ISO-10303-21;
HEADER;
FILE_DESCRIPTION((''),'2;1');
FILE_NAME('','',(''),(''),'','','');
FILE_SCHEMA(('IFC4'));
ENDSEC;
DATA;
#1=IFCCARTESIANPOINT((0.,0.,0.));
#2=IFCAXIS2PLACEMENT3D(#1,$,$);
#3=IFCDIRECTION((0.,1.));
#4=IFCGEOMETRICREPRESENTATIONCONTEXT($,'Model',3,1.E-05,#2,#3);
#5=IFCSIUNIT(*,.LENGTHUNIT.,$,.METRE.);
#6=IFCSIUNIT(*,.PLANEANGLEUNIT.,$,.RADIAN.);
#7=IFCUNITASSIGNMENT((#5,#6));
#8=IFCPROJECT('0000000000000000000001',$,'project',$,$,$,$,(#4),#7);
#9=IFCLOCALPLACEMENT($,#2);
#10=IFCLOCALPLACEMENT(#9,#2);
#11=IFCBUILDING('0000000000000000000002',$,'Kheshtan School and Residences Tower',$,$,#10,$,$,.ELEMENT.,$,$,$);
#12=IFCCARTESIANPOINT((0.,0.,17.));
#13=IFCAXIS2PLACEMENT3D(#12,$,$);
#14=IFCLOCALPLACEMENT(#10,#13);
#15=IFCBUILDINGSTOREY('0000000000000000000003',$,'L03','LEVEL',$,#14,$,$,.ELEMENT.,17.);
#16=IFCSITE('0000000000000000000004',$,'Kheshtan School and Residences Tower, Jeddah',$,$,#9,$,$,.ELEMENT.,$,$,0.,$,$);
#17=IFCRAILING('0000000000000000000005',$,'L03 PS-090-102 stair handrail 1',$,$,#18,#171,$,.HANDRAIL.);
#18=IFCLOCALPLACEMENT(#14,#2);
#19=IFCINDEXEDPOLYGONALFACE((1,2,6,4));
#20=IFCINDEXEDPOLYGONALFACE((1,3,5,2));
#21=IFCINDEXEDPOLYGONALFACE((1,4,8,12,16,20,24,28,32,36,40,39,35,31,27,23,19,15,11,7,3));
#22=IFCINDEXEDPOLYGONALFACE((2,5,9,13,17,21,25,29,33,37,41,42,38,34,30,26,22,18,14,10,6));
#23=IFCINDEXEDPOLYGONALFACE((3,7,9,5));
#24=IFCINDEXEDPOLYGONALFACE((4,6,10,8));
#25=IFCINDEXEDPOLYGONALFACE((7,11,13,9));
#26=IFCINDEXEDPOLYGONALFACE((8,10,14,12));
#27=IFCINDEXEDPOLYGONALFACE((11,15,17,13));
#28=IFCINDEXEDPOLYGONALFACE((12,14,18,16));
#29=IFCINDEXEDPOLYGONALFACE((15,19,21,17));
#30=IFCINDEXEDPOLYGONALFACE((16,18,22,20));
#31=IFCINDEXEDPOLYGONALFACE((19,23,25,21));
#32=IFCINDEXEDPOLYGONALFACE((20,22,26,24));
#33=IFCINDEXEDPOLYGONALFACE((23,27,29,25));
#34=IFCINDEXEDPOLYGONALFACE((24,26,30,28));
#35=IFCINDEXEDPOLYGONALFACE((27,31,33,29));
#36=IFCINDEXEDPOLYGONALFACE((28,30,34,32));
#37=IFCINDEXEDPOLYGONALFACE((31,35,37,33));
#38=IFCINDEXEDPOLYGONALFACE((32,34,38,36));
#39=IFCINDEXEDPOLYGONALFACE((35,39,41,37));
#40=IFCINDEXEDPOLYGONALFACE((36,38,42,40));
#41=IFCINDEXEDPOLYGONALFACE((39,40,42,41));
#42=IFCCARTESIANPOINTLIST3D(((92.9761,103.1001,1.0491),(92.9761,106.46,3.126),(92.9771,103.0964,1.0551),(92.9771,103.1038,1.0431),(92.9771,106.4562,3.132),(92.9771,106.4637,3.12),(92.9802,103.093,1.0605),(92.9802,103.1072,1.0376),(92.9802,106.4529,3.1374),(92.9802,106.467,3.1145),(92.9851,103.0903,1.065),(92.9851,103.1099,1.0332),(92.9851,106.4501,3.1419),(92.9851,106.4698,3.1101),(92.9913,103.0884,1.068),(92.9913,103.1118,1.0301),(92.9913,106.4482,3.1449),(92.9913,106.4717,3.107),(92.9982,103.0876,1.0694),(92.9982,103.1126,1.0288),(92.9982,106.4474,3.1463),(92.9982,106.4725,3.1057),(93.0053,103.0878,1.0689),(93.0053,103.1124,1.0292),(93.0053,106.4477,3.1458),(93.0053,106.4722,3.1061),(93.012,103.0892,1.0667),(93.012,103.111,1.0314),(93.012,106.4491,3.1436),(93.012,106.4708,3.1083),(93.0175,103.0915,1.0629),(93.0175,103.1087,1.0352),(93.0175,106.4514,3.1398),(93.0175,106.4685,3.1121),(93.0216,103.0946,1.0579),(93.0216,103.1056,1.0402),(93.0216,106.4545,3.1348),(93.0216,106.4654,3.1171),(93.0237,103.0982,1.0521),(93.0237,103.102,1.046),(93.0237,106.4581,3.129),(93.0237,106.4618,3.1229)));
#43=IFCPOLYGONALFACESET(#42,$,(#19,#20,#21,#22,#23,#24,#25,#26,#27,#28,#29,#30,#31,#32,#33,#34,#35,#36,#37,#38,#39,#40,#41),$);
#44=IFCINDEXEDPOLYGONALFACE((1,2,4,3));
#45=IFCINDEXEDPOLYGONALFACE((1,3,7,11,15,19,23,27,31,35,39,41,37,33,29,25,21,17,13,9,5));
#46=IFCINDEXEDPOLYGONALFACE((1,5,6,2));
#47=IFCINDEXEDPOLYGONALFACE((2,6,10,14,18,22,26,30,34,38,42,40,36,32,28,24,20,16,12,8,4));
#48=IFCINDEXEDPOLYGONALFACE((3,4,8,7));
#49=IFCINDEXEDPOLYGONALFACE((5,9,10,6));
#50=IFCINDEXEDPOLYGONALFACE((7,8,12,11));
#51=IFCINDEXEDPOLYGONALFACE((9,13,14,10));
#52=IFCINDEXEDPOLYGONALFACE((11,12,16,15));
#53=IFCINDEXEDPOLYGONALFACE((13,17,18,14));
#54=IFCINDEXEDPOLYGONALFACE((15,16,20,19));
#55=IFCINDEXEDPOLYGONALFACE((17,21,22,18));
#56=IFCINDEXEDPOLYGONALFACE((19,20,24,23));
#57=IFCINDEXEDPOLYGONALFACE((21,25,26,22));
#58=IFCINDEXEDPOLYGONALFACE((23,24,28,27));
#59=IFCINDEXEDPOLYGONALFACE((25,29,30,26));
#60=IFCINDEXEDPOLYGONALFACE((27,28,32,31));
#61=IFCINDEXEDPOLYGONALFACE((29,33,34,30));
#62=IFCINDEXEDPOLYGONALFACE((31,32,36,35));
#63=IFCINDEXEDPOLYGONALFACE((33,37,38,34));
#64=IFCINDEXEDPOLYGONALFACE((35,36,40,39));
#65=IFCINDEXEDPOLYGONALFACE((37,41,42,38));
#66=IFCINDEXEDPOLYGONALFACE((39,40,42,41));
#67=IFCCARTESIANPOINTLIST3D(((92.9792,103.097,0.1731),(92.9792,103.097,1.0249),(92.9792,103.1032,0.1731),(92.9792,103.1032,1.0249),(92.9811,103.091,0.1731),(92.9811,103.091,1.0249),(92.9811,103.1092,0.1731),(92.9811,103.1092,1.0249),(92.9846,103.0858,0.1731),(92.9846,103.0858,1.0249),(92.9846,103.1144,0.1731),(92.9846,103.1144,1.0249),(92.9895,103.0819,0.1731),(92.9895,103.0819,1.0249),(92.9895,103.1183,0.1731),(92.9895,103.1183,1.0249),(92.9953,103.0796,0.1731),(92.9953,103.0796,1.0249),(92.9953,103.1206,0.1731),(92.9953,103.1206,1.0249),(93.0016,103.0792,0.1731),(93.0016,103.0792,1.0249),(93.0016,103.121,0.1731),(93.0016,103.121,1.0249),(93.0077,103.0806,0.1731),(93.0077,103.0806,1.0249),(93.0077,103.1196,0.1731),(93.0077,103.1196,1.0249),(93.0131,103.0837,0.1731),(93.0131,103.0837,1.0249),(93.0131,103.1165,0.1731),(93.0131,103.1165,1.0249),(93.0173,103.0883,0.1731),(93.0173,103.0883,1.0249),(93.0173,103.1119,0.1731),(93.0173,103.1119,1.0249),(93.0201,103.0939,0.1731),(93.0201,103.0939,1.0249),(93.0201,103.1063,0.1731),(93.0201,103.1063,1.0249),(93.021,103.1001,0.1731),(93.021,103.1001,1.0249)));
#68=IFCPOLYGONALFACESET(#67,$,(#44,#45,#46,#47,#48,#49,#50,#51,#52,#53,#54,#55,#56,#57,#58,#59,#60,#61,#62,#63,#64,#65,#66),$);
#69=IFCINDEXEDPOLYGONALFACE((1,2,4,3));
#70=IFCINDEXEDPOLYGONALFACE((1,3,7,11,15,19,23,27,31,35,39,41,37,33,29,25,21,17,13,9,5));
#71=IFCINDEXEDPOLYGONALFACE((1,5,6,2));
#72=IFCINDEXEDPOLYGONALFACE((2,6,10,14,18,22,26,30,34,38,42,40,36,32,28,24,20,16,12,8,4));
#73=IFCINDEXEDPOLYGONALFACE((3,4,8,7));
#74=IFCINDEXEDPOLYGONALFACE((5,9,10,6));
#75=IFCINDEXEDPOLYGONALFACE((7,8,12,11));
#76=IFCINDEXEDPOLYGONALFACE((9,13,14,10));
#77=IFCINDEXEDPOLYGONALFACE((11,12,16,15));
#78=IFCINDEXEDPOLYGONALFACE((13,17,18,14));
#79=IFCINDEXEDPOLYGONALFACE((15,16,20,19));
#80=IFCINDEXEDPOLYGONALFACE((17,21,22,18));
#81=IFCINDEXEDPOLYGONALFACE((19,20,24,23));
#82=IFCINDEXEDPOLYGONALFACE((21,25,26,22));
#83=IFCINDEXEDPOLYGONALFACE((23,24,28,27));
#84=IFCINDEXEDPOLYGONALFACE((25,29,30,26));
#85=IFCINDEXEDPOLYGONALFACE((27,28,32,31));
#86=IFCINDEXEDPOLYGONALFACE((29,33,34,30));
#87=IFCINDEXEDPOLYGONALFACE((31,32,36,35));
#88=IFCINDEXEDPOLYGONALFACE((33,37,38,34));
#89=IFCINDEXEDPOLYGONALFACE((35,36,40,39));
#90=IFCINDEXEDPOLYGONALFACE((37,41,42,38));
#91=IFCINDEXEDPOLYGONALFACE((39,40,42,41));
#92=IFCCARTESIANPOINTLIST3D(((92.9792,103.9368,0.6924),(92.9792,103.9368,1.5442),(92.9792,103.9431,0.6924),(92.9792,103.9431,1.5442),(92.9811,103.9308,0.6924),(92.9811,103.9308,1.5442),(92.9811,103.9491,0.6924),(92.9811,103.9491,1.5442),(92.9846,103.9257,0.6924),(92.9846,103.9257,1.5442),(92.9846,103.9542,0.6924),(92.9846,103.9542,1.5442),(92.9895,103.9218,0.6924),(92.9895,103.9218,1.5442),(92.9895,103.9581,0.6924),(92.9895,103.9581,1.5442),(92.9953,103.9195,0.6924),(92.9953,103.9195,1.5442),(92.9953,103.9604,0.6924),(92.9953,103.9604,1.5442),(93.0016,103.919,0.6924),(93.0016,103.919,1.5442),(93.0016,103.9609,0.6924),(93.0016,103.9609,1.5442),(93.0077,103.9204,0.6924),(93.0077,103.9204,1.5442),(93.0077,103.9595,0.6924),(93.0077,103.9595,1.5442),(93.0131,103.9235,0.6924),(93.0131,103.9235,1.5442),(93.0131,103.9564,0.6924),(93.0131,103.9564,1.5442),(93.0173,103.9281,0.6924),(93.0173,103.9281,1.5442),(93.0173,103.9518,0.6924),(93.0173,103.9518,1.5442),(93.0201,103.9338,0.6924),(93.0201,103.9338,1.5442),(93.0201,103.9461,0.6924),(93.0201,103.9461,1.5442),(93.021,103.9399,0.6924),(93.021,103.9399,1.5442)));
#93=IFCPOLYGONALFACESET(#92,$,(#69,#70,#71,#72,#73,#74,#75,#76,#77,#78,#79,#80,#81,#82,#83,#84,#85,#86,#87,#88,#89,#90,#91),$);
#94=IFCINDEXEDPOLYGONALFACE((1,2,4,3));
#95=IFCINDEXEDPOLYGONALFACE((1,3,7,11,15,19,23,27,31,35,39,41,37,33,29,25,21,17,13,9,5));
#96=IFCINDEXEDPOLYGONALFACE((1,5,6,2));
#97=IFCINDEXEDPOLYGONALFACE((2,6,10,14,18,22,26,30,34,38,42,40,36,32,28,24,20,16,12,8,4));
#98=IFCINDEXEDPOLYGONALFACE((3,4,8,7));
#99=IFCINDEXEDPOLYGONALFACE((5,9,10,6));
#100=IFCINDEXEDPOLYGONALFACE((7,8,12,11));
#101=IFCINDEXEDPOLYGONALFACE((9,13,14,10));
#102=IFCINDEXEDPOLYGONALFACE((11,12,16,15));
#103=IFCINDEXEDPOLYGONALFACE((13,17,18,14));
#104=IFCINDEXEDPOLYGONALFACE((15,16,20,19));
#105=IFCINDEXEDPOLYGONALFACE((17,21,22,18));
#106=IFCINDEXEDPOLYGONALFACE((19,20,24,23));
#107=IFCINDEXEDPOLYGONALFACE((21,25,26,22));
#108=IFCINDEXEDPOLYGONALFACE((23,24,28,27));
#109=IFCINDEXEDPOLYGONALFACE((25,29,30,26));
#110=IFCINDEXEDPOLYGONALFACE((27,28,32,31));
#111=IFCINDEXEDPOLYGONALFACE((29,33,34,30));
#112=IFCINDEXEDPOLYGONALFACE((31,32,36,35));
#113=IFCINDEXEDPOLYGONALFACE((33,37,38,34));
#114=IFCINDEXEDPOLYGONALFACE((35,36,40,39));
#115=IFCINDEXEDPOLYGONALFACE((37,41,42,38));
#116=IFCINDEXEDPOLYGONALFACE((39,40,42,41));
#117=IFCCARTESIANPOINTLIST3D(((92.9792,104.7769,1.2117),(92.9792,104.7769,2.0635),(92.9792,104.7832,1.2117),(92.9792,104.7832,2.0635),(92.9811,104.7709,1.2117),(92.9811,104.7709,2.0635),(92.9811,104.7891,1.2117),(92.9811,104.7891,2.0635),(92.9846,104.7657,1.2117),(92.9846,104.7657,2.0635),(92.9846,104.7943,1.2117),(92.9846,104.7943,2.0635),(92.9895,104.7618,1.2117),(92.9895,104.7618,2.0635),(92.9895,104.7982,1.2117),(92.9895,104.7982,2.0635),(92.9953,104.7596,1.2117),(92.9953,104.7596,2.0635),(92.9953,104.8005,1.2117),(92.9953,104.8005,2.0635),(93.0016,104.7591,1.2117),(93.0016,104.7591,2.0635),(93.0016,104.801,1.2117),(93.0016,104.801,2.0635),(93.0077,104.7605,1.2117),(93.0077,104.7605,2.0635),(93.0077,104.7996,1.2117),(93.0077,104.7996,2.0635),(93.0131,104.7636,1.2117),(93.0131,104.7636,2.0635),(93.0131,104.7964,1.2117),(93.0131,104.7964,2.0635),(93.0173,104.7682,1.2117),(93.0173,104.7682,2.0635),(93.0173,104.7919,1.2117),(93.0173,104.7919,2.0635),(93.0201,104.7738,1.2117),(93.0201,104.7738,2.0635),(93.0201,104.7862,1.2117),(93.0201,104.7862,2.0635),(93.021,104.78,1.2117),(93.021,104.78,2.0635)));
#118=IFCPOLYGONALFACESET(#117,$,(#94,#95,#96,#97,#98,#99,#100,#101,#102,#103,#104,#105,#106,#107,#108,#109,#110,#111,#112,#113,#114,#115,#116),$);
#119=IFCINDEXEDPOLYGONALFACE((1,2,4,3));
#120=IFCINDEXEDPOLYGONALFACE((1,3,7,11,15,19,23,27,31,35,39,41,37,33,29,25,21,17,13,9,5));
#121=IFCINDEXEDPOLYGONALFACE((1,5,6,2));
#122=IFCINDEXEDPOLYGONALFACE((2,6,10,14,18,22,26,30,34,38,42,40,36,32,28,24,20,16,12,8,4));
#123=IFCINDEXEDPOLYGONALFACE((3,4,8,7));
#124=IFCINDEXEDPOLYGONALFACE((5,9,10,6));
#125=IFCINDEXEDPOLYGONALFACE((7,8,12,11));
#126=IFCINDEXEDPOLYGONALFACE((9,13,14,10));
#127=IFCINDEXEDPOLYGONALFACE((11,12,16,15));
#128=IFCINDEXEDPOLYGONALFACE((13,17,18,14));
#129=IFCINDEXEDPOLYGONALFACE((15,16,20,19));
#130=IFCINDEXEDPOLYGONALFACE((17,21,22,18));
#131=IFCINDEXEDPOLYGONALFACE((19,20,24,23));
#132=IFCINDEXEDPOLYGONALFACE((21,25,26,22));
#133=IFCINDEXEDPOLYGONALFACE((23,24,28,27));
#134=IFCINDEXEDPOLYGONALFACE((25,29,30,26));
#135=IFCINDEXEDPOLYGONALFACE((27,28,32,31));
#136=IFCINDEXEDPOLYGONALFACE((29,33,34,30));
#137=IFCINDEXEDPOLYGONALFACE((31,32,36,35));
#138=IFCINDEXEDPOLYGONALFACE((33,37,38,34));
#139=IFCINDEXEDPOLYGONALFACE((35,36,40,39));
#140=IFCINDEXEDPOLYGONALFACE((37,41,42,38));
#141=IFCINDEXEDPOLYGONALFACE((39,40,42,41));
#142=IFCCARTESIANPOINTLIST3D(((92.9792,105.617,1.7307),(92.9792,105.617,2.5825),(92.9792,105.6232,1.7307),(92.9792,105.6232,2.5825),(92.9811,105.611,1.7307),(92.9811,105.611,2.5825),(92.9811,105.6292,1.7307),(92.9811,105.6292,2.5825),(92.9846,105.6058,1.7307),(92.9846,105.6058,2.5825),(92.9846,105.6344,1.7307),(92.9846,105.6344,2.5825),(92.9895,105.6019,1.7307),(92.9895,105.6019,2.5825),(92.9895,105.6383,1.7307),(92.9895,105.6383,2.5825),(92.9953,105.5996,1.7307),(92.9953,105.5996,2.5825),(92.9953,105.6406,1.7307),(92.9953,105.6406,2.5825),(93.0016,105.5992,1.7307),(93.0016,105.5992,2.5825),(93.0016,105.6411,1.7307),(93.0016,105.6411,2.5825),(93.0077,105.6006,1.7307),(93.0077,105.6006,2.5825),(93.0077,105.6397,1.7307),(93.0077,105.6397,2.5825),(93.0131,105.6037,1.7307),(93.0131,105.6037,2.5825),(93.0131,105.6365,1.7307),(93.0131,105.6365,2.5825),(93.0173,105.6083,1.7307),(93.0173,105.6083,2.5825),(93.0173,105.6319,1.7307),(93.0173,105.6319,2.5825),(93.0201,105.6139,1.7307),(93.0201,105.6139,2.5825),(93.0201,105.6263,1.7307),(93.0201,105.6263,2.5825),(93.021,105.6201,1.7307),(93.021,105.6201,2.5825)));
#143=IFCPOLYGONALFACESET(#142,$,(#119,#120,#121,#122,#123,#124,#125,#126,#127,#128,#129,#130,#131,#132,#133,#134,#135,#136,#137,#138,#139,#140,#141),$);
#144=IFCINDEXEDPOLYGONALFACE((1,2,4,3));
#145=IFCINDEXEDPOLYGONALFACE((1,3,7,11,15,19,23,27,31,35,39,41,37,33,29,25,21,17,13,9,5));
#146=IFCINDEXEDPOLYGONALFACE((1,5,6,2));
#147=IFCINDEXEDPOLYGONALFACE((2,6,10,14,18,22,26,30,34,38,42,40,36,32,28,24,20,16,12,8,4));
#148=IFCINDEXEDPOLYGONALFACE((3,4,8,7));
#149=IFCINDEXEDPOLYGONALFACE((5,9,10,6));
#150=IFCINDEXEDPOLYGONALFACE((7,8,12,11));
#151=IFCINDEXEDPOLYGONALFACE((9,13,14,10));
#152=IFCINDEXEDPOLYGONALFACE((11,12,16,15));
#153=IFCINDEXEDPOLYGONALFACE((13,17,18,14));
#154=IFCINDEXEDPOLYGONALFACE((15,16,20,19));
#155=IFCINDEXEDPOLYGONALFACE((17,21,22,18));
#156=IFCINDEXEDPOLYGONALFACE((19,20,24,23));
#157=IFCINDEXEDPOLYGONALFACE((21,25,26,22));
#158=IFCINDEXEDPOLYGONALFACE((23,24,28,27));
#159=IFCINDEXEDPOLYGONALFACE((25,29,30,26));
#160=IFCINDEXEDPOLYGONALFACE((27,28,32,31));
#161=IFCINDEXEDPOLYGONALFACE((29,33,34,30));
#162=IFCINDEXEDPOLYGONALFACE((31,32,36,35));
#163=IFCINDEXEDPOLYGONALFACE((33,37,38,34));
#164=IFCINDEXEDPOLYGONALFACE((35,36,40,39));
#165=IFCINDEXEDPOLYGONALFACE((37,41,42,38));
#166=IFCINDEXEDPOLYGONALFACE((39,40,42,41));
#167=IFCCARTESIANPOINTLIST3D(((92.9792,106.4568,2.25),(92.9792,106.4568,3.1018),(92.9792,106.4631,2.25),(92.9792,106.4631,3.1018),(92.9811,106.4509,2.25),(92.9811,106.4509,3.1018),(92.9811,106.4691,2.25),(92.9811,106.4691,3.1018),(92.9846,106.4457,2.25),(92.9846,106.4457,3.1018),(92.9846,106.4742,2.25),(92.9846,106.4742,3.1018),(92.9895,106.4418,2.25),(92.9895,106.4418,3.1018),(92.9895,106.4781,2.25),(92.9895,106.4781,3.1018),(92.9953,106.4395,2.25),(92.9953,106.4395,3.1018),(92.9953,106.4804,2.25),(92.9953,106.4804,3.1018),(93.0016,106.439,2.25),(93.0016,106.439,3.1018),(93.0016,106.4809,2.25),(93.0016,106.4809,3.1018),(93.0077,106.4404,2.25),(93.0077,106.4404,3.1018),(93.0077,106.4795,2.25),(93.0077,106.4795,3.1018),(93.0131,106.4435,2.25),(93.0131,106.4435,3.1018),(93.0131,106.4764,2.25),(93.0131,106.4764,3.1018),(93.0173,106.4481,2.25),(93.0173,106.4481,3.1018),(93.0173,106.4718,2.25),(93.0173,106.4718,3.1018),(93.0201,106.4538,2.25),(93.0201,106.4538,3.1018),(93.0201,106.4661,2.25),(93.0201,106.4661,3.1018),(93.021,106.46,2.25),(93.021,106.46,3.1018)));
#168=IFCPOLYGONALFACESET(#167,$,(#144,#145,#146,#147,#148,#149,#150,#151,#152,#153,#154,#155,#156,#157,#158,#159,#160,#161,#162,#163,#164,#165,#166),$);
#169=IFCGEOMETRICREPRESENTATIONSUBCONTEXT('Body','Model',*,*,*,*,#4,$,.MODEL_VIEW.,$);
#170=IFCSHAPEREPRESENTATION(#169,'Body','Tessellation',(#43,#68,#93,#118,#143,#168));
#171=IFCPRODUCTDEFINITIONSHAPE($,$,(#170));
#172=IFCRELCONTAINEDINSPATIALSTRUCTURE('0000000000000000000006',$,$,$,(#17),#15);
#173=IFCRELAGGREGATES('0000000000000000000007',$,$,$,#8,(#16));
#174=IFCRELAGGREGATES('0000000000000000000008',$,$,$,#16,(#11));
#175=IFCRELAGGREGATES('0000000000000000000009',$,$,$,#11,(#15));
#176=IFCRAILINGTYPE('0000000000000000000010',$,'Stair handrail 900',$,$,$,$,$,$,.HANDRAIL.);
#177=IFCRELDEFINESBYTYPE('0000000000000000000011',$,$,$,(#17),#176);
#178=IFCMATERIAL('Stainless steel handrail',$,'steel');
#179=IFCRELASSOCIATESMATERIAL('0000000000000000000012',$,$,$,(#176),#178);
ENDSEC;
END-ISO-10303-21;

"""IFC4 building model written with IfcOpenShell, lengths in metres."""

from ifc_helpers import new_model, si_unit, direction, frame, origin, origin_2d, place, context, subcontext, project, spatial, circle, extrude, material, type_object, element, save


model = new_model("IFC4")

# Units and contexts
model_context = context("Model", 3, precision=1e-05, world=origin(), true_north=direction((0.0, 1.0)))
body_context = subcontext(model_context, "Body", "Model", "MODEL_VIEW")
ifc_project = project(units=[si_unit("LENGTHUNIT", "METRE"), si_unit("PLANEANGLEUNIT", "RADIAN")], contexts=[model_context])

# Site, building, storey
site_placement = place(None, origin())
site = spatial("IfcSite", under=ifc_project, at=site_placement, Name="Kheshtan School and Residences Tower, Jeddah", CompositionType="ELEMENT", RefElevation=0.0)
building_placement = place(site_placement, origin())
building = spatial("IfcBuilding", under=site, at=building_placement, Name="Kheshtan School and Residences Tower", CompositionType="ELEMENT")
storey_placement = place(building_placement, frame((0.0, 0.0, 17.0)))
storey = spatial("IfcBuildingStorey", under=building, at=storey_placement, Name="L03", Description="LEVEL", CompositionType="ELEMENT", Elevation=17.0)

# Railing
ifc_material_1 = material(Name="Stainless steel handrail", Category="steel")
railing_type_1 = type_object("IfcRailingType", Name="Stair handrail 900", PredefinedType="HANDRAIL", material=ifc_material_1)
railing_1_placement = place(storey_placement, frame((93.0, 103.1001, 0.1731)))
element("IfcRailing", 1, at=railing_1_placement, inside=storey, type_object=railing_type_1, Name="L03 PS-090-102 stair handrail 1", PredefinedType="HANDRAIL", context=body_context, shape_type="SweptSolid", body=[
    extrude(circle(Radius=0.0239, at=origin_2d()), frame((0.0, 0.0, 0.876), z_axis=(0.0, 0.850606, 0.525803), x_axis=(-1.0, 0.0, 0.0)), (0.0, 0.0, 1.0), 3.95),
    extrude(circle(Radius=0.021, at=origin_2d()), origin(), (0.0, 0.0, 1.0), 0.8518),
    extrude(circle(Radius=0.021, at=origin_2d()), frame((0.0, 0.8398, 0.5193)), (0.0, 0.0, 1.0), 0.8518),
    extrude(circle(Radius=0.021, at=origin_2d()), frame((0.0, 1.6799, 1.0386)), (0.0, 0.0, 1.0), 0.8518),
    extrude(circle(Radius=0.021, at=origin_2d()), frame((0.0, 2.52, 1.5576)), (0.0, 0.0, 1.0), 0.8518),
    extrude(circle(Radius=0.021, at=origin_2d()), frame((0.0, 3.3599, 2.0769)), (0.0, 0.0, 1.0), 0.8518),
])

save(model, "model.ifc")
